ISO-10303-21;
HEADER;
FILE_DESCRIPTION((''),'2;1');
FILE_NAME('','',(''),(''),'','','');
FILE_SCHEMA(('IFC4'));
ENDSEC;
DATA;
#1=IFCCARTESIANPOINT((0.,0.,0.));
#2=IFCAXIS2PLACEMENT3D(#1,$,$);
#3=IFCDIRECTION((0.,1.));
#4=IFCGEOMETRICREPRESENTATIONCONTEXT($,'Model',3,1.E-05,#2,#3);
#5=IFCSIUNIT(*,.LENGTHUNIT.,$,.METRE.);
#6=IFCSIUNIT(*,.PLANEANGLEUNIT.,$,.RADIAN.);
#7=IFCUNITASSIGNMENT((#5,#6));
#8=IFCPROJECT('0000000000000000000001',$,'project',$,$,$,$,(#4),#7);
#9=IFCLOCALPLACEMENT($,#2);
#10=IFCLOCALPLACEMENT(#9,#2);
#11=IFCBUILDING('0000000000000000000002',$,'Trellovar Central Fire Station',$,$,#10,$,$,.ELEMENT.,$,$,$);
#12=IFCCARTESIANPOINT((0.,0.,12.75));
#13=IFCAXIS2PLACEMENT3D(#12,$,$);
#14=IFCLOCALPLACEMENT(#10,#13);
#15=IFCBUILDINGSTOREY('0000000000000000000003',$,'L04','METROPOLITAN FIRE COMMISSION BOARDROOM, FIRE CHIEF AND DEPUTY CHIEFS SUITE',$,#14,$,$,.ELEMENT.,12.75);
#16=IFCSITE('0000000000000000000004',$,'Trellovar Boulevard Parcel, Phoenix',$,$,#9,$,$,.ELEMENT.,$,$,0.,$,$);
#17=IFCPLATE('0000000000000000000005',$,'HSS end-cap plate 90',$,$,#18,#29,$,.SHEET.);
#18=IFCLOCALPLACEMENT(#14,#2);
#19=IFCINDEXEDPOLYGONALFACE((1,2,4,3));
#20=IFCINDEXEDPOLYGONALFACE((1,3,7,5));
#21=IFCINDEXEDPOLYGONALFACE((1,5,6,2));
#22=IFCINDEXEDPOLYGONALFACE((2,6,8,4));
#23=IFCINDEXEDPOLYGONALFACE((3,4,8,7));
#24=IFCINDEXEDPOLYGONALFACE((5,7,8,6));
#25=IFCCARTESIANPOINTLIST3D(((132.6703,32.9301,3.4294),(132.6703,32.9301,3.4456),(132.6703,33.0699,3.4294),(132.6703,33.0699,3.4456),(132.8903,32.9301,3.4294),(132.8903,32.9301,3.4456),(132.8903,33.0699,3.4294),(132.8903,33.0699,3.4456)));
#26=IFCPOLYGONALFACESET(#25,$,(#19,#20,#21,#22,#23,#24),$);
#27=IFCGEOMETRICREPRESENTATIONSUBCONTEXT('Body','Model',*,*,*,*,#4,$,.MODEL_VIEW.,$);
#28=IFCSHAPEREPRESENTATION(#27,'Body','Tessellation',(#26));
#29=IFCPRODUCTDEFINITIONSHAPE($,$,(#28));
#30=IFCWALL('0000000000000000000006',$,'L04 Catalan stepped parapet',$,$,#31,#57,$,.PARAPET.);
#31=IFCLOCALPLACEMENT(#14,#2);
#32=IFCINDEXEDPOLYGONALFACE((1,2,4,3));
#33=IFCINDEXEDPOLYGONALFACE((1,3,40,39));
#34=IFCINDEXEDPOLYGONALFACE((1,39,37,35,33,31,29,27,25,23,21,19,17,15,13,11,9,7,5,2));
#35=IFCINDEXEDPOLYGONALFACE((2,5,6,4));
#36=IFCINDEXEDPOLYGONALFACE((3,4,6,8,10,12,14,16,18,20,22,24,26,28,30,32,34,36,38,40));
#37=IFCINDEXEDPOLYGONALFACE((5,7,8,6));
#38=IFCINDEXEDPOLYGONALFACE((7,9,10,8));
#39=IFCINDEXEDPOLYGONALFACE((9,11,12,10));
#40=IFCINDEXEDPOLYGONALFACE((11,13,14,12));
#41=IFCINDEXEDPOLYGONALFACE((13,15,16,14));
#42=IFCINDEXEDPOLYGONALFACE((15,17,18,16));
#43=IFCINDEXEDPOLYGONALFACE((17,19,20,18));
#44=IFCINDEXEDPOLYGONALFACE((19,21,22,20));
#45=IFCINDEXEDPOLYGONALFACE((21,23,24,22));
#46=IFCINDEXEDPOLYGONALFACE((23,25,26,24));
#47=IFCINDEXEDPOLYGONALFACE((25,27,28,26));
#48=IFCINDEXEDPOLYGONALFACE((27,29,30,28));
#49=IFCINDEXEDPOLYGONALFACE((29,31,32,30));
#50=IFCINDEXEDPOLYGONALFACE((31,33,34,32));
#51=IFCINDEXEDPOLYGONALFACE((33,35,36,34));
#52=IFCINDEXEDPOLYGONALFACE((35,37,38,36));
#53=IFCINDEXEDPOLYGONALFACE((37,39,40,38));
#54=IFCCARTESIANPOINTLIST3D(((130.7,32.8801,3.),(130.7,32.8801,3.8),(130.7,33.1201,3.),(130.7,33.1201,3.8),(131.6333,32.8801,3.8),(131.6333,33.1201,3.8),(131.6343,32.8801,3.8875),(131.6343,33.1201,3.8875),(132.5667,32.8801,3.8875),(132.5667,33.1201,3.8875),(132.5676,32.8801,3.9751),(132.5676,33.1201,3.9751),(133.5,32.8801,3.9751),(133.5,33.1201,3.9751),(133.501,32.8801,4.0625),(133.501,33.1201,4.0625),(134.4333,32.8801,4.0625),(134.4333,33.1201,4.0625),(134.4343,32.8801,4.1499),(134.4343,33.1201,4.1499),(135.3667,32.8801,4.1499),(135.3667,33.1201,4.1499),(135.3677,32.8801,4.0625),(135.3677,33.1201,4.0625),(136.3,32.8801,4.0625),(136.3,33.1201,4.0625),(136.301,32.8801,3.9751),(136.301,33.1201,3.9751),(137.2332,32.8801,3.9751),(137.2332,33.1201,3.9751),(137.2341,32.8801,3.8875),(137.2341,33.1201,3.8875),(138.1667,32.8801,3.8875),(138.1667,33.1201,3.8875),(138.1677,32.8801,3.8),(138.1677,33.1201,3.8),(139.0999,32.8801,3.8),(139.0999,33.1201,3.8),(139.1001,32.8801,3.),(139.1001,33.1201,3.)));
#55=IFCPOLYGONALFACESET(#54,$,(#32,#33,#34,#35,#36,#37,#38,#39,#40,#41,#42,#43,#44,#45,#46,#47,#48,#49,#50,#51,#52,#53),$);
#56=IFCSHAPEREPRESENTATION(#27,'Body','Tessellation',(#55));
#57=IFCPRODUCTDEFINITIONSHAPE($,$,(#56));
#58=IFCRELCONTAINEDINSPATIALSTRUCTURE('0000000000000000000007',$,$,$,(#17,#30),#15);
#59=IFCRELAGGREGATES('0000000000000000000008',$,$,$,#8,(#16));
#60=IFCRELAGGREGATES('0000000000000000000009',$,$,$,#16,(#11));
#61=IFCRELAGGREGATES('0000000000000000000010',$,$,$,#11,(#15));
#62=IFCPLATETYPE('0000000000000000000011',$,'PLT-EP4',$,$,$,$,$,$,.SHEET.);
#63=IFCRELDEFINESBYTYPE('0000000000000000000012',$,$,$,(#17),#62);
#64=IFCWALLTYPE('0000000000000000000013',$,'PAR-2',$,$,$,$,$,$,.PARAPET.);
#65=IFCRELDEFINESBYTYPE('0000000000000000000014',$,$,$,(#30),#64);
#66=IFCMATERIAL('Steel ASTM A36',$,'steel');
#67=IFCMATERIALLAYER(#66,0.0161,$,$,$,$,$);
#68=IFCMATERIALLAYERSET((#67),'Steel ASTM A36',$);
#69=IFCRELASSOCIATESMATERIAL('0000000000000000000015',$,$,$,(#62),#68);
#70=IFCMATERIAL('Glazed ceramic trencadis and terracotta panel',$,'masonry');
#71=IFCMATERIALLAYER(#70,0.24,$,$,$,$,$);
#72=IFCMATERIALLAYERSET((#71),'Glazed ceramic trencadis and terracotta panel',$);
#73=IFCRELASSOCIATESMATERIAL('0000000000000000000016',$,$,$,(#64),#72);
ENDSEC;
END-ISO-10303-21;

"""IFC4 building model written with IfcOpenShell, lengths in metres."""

from ifc_helpers import new_model, si_unit, direction, frame, origin, origin_2d, place, context, subcontext, project, spatial, polyline, rectangle, outline, extrude, material, layer, layer_set, type_object, element, save


model = new_model("IFC4")

# Units and contexts
model_context = context("Model", 3, precision=1e-05, world=origin(), true_north=direction((0.0, 1.0)))
body_context = subcontext(model_context, "Body", "Model", "MODEL_VIEW")
ifc_project = project(units=[si_unit("LENGTHUNIT", "METRE"), si_unit("PLANEANGLEUNIT", "RADIAN")], contexts=[model_context])

# Site, building, storey
site_placement = place(None, origin())
site = spatial("IfcSite", under=ifc_project, at=site_placement, Name="Trellovar Boulevard Parcel, Phoenix", CompositionType="ELEMENT", RefElevation=0.0)
building_placement = place(site_placement, origin())
building = spatial("IfcBuilding", under=site, at=building_placement, Name="Trellovar Central Fire Station", CompositionType="ELEMENT")
storey_placement = place(building_placement, frame((0.0, 0.0, 12.75)))
storey = spatial("IfcBuildingStorey", under=building, at=storey_placement, Name="L04", Description="METROPOLITAN FIRE COMMISSION BOARDROOM, FIRE CHIEF AND DEPUTY CHIEFS SUITE", CompositionType="ELEMENT", Elevation=12.75)

# Plate
ifc_material_1 = material(Name="Steel ASTM A36", Category="steel")
ifc_layer_1 = layer(ifc_material_1, 0.0161)
ifc_layer_set_1 = layer_set([ifc_layer_1], Name="Steel ASTM A36")
plate_type_1 = type_object("IfcPlateType", Name="PLT-EP4", PredefinedType="SHEET", material=ifc_layer_set_1)
plate_1_placement = place(storey_placement, frame((132.7803, 33.0, 3.4294), z_axis=(0.0, 0.0, 1.0), x_axis=(1.0, 0.0, 0.0)))
element("IfcPlate", 1, at=plate_1_placement, inside=storey, type_object=plate_type_1, Name="HSS end-cap plate 90", PredefinedType="SHEET", context=body_context, shape_type="SweptSolid", body=[
    extrude(rectangle(XDim=0.22, YDim=0.1399, at=origin_2d()), origin(), (0.0, 0.0, 1.0), 0.0161),
])

# Wall
ifc_material_2 = material(Name="Glazed ceramic trencadis and terracotta panel", Category="masonry")
ifc_layer_2 = layer(ifc_material_2, 0.24)
ifc_layer_set_2 = layer_set([ifc_layer_2], Name="Glazed ceramic trencadis and terracotta panel")
wall_type = type_object("IfcWallType", Name="PAR-2", PredefinedType="PARAPET", material=ifc_layer_set_2)
wall_placement = place(storey_placement, frame((130.7, 33.0, 3.0), z_axis=(0.0, 0.0, 1.0), x_axis=(1.0, 0.0, 0.0)))
element("IfcWall", 2, at=wall_placement, inside=storey, type_object=wall_type, Name="L04 Catalan stepped parapet", PredefinedType="PARAPET", context=body_context, shape_type="SweptSolid", body=[
    extrude(outline(polyline([(0.0, 0.0), (8.4001, 0.0), (8.3999, 0.8), (7.4678, 0.8), (7.4668, 0.8875), (6.5342, 0.8875), (6.5332, 0.9751), (5.6011, 0.9751), (5.6001, 1.0625), (4.6677, 1.0625), (4.6667, 1.1499), (3.7344, 1.1499), (3.7334, 1.0625), (2.801, 1.0625), (2.8, 0.9751), (1.8677, 0.9751), (1.8667, 0.8875), (0.9343, 0.8875), (0.9333, 0.8), (0.0, 0.8), (0.0, 0.0)])), frame((0.0, 0.1201, 0.0), z_axis=(0.0, -1.0, 0.0), x_axis=(1.0, 0.0, 0.0)), (0.0, 0.0, 1.0), 0.24),
])

save(model, "model.ifc")
